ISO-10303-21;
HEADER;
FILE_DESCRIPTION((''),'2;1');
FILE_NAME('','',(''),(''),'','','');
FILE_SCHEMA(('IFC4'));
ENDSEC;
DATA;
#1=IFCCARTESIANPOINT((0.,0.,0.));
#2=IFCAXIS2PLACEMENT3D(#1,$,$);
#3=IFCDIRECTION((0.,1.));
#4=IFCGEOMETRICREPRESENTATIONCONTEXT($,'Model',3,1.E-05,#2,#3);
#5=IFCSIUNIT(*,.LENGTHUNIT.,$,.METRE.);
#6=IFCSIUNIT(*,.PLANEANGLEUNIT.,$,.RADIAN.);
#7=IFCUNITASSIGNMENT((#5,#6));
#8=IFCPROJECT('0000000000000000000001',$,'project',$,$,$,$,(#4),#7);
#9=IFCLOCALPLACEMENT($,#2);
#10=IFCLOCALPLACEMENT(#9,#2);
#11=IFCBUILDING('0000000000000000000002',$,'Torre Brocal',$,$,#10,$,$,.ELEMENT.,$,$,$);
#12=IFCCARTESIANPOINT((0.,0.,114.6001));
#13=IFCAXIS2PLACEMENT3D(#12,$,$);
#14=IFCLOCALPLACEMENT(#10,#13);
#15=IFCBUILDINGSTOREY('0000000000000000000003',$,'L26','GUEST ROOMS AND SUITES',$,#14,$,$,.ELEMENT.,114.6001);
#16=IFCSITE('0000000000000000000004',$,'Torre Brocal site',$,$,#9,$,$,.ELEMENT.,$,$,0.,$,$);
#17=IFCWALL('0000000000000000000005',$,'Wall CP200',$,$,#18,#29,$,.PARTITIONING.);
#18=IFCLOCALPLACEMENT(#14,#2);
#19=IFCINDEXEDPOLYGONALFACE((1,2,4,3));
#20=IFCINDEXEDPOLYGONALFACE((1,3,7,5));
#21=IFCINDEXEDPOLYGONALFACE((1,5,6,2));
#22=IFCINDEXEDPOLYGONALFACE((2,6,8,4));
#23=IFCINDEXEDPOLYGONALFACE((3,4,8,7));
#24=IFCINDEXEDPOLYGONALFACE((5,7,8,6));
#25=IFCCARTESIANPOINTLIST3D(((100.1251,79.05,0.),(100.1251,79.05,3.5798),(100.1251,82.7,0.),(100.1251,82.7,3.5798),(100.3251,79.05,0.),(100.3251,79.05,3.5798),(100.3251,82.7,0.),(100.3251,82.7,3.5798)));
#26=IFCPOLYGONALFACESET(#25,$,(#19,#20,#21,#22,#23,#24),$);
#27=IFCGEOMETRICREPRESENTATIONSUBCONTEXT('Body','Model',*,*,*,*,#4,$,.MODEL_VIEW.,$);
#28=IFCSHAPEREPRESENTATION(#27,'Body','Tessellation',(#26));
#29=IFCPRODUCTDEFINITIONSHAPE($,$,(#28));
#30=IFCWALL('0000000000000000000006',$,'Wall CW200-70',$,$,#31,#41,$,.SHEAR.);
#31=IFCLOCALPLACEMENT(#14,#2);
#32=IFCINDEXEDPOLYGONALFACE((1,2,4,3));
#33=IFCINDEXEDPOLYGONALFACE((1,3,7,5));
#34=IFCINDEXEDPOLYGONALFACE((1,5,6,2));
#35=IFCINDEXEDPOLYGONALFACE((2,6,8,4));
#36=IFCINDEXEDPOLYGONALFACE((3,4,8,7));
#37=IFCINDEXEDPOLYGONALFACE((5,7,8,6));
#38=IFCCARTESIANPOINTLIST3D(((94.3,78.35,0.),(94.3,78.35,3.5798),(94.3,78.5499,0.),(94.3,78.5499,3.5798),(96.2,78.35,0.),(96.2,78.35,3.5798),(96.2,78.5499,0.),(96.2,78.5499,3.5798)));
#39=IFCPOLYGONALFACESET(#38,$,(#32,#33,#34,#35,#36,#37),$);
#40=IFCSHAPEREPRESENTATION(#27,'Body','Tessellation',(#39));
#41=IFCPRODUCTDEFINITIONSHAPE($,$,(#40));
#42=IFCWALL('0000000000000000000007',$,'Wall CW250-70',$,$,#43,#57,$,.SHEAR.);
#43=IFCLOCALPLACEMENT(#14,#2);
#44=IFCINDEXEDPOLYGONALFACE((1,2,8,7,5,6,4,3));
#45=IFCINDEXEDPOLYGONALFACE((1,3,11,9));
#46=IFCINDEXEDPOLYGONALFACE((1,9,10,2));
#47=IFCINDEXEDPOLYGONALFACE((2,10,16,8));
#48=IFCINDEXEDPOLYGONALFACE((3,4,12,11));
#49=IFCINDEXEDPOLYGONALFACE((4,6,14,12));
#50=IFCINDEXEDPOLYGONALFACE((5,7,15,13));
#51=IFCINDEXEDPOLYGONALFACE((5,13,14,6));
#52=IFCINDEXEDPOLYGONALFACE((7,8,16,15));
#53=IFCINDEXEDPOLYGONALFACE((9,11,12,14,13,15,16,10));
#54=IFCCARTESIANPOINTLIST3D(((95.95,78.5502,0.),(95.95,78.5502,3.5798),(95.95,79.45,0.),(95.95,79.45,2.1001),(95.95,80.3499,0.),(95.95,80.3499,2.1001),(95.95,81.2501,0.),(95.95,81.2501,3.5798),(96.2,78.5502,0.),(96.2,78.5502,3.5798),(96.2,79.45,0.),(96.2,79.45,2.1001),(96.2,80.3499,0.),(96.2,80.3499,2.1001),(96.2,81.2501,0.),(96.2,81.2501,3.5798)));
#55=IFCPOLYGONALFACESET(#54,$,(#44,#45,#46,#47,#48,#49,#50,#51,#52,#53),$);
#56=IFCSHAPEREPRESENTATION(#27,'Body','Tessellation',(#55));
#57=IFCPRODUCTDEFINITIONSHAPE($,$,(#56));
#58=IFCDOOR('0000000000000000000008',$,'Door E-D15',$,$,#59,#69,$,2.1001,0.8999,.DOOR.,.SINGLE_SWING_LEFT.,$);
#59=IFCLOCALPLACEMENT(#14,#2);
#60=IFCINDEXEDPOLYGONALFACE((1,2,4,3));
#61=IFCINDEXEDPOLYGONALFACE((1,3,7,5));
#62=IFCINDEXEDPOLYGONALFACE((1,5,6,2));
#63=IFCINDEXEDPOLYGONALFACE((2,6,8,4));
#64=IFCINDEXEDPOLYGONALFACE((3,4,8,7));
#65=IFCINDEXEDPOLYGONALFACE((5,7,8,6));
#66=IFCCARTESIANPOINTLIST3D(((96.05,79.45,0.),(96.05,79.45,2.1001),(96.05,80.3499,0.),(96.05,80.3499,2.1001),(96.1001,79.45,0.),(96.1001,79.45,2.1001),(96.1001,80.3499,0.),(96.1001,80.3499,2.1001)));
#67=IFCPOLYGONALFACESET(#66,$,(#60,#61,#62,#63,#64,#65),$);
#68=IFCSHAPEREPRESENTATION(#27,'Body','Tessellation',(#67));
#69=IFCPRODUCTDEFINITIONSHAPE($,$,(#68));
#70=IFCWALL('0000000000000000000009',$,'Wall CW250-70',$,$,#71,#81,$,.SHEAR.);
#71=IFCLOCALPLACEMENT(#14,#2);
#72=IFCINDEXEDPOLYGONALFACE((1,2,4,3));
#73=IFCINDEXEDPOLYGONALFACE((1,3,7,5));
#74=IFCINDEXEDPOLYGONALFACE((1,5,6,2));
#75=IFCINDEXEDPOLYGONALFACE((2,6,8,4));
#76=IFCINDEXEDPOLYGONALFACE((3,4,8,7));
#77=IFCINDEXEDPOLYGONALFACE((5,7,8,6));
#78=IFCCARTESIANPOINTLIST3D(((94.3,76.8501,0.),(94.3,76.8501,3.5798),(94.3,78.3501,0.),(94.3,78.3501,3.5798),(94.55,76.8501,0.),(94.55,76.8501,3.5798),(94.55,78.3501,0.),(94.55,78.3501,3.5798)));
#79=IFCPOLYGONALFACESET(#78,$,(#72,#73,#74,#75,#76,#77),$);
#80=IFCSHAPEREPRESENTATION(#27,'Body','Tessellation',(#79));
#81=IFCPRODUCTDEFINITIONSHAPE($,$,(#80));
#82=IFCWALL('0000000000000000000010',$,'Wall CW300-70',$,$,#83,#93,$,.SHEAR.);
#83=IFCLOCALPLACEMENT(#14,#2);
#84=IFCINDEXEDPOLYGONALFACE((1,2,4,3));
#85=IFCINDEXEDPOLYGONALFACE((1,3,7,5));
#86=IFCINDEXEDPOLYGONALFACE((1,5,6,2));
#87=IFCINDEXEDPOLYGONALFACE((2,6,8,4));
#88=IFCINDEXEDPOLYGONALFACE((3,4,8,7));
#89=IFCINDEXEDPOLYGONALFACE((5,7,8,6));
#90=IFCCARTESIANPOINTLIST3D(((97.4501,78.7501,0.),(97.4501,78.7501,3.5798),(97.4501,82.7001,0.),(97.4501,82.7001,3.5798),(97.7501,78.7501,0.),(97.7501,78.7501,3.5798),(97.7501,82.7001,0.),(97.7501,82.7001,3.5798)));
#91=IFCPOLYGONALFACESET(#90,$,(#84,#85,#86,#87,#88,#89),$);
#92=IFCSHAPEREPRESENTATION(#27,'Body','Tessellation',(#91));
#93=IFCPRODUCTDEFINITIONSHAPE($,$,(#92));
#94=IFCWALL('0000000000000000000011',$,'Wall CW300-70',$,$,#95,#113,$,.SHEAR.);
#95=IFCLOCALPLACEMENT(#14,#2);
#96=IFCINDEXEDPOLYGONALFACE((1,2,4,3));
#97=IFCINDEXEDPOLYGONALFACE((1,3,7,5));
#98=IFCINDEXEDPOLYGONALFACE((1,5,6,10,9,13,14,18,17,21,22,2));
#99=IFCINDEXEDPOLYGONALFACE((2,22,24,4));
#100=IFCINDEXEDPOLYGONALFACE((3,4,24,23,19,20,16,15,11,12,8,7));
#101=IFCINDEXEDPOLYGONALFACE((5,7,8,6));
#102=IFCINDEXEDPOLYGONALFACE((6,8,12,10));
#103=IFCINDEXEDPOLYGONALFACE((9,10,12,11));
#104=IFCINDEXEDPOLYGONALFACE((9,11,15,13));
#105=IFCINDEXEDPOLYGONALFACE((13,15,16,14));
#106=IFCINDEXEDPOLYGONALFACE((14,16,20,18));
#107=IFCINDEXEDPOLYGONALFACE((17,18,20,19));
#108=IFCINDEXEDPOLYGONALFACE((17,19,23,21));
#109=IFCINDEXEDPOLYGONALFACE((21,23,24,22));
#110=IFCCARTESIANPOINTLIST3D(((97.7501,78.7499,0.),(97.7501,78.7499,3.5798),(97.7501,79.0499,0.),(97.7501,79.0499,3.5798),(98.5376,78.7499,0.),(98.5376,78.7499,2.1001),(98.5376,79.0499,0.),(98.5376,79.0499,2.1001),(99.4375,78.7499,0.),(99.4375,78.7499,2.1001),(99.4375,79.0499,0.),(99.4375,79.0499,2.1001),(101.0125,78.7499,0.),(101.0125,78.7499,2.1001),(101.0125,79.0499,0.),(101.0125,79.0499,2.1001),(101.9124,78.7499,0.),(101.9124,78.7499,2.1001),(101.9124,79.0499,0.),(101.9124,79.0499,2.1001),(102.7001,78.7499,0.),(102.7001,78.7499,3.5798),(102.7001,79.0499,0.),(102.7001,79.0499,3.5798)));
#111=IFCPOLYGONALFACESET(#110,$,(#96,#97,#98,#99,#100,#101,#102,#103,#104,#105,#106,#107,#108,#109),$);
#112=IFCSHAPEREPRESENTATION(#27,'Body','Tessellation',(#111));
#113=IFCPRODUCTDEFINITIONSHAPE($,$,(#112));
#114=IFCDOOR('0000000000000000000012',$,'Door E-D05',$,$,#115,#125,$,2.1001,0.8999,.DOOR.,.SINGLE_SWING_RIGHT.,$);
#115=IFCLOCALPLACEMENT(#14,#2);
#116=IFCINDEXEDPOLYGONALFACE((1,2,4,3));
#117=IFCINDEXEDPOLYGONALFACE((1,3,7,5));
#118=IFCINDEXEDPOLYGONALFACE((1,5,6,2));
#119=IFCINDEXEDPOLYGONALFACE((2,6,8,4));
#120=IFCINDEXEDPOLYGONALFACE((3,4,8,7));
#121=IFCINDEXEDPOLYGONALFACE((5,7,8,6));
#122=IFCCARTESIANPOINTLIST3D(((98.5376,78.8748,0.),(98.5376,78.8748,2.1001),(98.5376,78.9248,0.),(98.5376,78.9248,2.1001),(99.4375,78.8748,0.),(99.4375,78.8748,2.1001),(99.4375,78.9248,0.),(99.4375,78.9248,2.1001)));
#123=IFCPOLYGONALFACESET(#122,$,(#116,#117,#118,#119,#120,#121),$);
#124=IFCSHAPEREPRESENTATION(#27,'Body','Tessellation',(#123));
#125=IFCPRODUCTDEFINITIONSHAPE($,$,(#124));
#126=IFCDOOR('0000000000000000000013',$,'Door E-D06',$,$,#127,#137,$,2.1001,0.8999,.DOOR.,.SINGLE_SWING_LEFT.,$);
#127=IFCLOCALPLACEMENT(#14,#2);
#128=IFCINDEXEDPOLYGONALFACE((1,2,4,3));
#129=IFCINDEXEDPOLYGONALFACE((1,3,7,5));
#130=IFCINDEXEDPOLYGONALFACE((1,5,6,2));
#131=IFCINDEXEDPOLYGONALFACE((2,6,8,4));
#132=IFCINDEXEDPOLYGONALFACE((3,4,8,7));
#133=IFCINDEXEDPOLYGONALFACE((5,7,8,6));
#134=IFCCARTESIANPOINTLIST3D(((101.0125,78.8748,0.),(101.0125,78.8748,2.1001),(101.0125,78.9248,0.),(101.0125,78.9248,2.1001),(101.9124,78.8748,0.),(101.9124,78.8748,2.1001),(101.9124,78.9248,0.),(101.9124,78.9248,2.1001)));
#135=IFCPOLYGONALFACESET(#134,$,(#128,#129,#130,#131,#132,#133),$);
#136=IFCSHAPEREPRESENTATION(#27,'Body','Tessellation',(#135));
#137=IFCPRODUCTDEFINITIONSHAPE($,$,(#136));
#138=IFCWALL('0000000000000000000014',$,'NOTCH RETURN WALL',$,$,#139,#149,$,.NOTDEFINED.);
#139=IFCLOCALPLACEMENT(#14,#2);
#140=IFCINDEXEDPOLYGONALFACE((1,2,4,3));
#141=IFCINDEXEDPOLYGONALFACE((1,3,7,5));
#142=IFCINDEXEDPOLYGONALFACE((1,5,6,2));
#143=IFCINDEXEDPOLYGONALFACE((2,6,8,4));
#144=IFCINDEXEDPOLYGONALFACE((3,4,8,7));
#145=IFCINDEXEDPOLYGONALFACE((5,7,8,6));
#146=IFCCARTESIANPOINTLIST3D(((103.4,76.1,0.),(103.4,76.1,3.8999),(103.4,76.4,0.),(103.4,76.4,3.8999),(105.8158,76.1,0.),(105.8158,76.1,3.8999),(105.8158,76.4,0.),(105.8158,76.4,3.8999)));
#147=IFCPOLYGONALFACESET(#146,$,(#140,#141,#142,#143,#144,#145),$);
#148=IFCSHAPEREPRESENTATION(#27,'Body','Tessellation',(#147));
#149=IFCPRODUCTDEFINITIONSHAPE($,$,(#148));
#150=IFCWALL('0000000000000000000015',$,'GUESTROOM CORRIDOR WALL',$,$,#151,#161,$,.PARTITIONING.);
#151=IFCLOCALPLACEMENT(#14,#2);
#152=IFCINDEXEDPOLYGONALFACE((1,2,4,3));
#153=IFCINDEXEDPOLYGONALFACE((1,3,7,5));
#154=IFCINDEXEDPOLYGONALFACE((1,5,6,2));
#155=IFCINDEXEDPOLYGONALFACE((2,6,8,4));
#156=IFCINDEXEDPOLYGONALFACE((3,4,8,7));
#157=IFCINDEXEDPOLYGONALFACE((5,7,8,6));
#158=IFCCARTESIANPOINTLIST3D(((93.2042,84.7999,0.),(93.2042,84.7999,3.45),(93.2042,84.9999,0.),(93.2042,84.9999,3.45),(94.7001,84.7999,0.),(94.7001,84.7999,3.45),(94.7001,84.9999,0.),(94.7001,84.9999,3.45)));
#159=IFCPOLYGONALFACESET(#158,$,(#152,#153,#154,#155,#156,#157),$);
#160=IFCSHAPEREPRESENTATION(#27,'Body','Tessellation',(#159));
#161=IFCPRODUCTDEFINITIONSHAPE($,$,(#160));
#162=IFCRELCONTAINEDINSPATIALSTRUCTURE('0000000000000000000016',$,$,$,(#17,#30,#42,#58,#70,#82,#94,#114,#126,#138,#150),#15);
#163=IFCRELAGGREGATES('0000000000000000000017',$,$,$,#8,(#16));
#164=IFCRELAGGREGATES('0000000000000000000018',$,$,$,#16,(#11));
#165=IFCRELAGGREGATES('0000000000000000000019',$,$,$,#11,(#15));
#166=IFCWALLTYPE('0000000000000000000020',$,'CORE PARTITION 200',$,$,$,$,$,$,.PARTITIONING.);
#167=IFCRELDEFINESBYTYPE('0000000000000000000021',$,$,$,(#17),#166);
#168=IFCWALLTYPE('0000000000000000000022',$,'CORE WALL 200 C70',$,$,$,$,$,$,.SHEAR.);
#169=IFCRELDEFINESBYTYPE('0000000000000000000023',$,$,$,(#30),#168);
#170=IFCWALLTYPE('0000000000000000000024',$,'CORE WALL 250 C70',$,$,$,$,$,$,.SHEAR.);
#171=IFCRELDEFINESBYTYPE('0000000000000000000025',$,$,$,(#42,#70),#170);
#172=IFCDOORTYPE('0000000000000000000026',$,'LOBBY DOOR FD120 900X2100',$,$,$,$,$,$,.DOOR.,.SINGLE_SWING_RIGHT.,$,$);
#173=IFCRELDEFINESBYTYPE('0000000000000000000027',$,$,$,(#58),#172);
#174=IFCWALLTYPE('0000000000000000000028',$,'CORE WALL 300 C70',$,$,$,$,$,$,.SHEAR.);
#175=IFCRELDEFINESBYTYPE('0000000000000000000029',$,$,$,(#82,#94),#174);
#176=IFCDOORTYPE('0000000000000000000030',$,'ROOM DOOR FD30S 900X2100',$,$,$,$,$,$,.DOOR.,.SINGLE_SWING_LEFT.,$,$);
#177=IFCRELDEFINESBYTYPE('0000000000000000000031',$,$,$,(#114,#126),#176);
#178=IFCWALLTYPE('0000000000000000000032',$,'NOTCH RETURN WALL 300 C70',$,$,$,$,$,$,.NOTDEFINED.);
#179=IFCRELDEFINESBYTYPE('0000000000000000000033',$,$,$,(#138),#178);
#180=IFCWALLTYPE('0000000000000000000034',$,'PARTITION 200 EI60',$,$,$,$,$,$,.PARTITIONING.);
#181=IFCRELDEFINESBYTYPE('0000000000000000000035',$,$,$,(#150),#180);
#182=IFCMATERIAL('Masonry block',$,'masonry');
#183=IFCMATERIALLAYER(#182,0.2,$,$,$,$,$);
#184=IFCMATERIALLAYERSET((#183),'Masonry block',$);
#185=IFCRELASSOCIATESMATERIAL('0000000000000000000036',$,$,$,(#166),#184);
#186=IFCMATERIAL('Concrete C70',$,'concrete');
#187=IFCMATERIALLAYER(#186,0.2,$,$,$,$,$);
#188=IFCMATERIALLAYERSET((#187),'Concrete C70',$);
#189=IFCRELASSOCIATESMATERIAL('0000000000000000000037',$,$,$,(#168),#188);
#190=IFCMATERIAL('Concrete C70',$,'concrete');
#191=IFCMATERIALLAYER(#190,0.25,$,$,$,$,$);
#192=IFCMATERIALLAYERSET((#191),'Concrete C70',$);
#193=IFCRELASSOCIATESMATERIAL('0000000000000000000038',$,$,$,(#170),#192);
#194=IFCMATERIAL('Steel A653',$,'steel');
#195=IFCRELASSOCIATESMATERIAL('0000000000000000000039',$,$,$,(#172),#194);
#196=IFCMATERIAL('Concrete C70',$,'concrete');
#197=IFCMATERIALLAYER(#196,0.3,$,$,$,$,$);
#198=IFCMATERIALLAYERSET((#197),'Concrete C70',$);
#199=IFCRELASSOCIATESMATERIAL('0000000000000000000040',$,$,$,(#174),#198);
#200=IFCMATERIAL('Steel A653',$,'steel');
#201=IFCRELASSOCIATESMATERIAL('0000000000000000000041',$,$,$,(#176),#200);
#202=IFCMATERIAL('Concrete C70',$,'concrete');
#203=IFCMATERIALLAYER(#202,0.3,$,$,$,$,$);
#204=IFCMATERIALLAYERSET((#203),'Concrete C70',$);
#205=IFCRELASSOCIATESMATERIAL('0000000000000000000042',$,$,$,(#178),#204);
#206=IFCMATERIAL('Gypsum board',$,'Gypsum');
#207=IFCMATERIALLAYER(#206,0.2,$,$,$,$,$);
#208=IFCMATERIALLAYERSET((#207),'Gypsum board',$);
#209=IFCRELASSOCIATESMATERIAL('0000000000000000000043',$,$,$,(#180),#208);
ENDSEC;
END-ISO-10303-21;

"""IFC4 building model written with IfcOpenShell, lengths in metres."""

from ifc_helpers import new_model, si_unit, direction, frame, frame_2d, origin, place, context, subcontext, project, spatial, rectangle, extrude, material, layer, layer_set, type_object, element, fill, save


model = new_model("IFC4")

# Units and contexts
model_context = context("Model", 3, precision=1e-05, world=origin(), true_north=direction((0.0, 1.0)))
body_context = subcontext(model_context, "Body", "Model", "MODEL_VIEW")
ifc_project = project(units=[si_unit("LENGTHUNIT", "METRE"), si_unit("PLANEANGLEUNIT", "RADIAN")], contexts=[model_context])

# Site, building, storey
site_placement = place(None, origin())
site = spatial("IfcSite", under=ifc_project, at=site_placement, Name="Torre Brocal site", CompositionType="ELEMENT", RefElevation=0.0)
building_placement = place(site_placement, origin())
building = spatial("IfcBuilding", under=site, at=building_placement, Name="Torre Brocal", CompositionType="ELEMENT")
storey_placement = place(building_placement, frame((0.0, 0.0, 114.6001)))
storey = spatial("IfcBuildingStorey", under=building, at=storey_placement, Name="L26", Description="GUEST ROOMS AND SUITES", CompositionType="ELEMENT", Elevation=114.6001)

# Walls
ifc_material_1 = material(Name="Masonry block", Category="masonry")
ifc_layer_1 = layer(ifc_material_1, 0.2)
ifc_layer_set_1 = layer_set([ifc_layer_1], Name="Masonry block")
wall_type_1 = type_object("IfcWallType", Name="CORE PARTITION 200", PredefinedType="PARTITIONING", material=ifc_layer_set_1)
wall_1_placement = place(storey_placement, frame((100.2251, 79.05, 0.0), z_axis=(0.0, 0.0, 1.0), x_axis=(0.0, 1.0, 0.0)))
element("IfcWall", 1, at=wall_1_placement, inside=storey, type_object=wall_type_1, Name="Wall CP200", PredefinedType="PARTITIONING", context=body_context, shape_type="SweptSolid", body=[
    extrude(rectangle(XDim=3.6499, YDim=0.2, at=frame_2d((1.825, 0.0))), origin(), (0.0, 0.0, 1.0), 3.5798),
])
ifc_material_2 = material(Name="Concrete C70", Category="concrete")
ifc_layer_2 = layer(ifc_material_2, 0.2)
ifc_layer_set_2 = layer_set([ifc_layer_2], Name="Concrete C70")
wall_type_2 = type_object("IfcWallType", Name="CORE WALL 200 C70", PredefinedType="SHEAR", material=ifc_layer_set_2)
wall_2_placement = place(storey_placement, frame((94.3, 78.45, 0.0), z_axis=(0.0, 0.0, 1.0), x_axis=(1.0, 0.0, 0.0)))
element("IfcWall", 2, at=wall_2_placement, inside=storey, type_object=wall_type_2, Name="Wall CW200-70", PredefinedType="SHEAR", context=body_context, shape_type="SweptSolid", body=[
    extrude(rectangle(XDim=1.8999, YDim=0.2, at=frame_2d((0.95, 0.0))), origin(), (0.0, 0.0, 1.0), 3.5798),
])

# Wall, opening, door
ifc_material_3 = material(Name="Concrete C70", Category="concrete")
ifc_layer_3 = layer(ifc_material_3, 0.25)
ifc_layer_set_3 = layer_set([ifc_layer_3], Name="Concrete C70")
wall_type_3 = type_object("IfcWallType", Name="CORE WALL 250 C70", PredefinedType="SHEAR", material=ifc_layer_set_3)
wall_3_placement = place(storey_placement, frame((96.075, 78.55, 0.0), z_axis=(0.0, 0.0, 1.0), x_axis=(0.0, 1.0, 0.0)))
wall_3 = element("IfcWall", 3, at=wall_3_placement, inside=storey, type_object=wall_type_3, Name="Wall CW250-70", PredefinedType="SHEAR", context=body_context, shape_type="SweptSolid", body=[
    extrude(rectangle(XDim=2.7, YDim=0.25, at=frame_2d((1.3501, 0.0))), origin(), (0.0, 0.0, 1.0), 3.5798),
])
opening_1_placement = place(wall_3_placement, frame((0.8999, 0.0, 0.0)))
opening_1 = element("IfcOpeningElement", 4, at=opening_1_placement, cuts=wall_3, PredefinedType="OPENING", context=body_context, shape_type="SweptSolid", body=[
    extrude(rectangle(XDim=0.8999, YDim=2.1001, at=frame_2d((0.45, 1.05))), frame((0.0, 0.135, 0.0), z_axis=(0.0, -1.0, 0.0), x_axis=(1.0, 0.0, 0.0)), (0.0, 0.0, 1.0), 0.27),
])
ifc_material_4 = material(Name="Steel A653", Category="steel")
door_type_1 = type_object("IfcDoorType", Name="LOBBY DOOR FD120 900X2100", OperationType="SINGLE_SWING_RIGHT", PredefinedType="DOOR", material=ifc_material_4)
door_1_placement = place(opening_1_placement, origin())
door_1 = element("IfcDoor", 5, at=door_1_placement, inside=storey, type_object=door_type_1, Name="Door E-D15", OperationType="SINGLE_SWING_LEFT", OverallHeight=2.1001, OverallWidth=0.8999, PredefinedType="DOOR", context=body_context, shape_type="SweptSolid", body=[
    extrude(rectangle(XDim=0.8999, YDim=2.1001, at=frame_2d((0.45, 1.05))), frame((0.0, 0.0249, 0.0), z_axis=(0.0, -1.0, 0.0), x_axis=(1.0, 0.0, 0.0)), (0.0, 0.0, 1.0), 0.05),
])
fill(opening_1, door_1)

# Walls
wall_4_placement = place(storey_placement, frame((94.425, 76.8501, 0.0), z_axis=(0.0, 0.0, 1.0), x_axis=(0.0, 1.0, 0.0)))
element("IfcWall", 6, at=wall_4_placement, inside=storey, type_object=wall_type_3, Name="Wall CW250-70", PredefinedType="SHEAR", context=body_context, shape_type="SweptSolid", body=[
    extrude(rectangle(XDim=1.5, YDim=0.25, at=frame_2d((0.75, 0.0))), origin(), (0.0, 0.0, 1.0), 3.5798),
])
ifc_material_5 = material(Name="Concrete C70", Category="concrete")
ifc_layer_4 = layer(ifc_material_5, 0.3)
ifc_layer_set_4 = layer_set([ifc_layer_4], Name="Concrete C70")
wall_type_4 = type_object("IfcWallType", Name="CORE WALL 300 C70", PredefinedType="SHEAR", material=ifc_layer_set_4)
wall_5_placement = place(storey_placement, frame((97.6001, 78.75, 0.0), z_axis=(0.0, 0.0, 1.0), x_axis=(0.0, 1.0, 0.0)))
element("IfcWall", 7, at=wall_5_placement, inside=storey, type_object=wall_type_4, Name="Wall CW300-70", PredefinedType="SHEAR", context=body_context, shape_type="SweptSolid", body=[
    extrude(rectangle(XDim=3.95, YDim=0.3, at=frame_2d((1.9751, 0.0))), origin(), (0.0, 0.0, 1.0), 3.5798),
])

# Wall, openings, doors
wall_6_placement = place(storey_placement, frame((97.75, 78.8999, 0.0), z_axis=(0.0, 0.0, 1.0), x_axis=(1.0, 0.0, 0.0)))
wall_6 = element("IfcWall", 8, at=wall_6_placement, inside=storey, type_object=wall_type_4, Name="Wall CW300-70", PredefinedType="SHEAR", context=body_context, shape_type="SweptSolid", body=[
    extrude(rectangle(XDim=4.95, YDim=0.3, at=frame_2d((2.4751, 0.0))), origin(), (0.0, 0.0, 1.0), 3.5798),
])
opening_2_placement = place(wall_6_placement, frame((0.7876, 0.0, 0.0)))
opening_2 = element("IfcOpeningElement", 9, at=opening_2_placement, cuts=wall_6, PredefinedType="OPENING", context=body_context, shape_type="SweptSolid", body=[
    extrude(rectangle(XDim=0.8999, YDim=2.1001, at=frame_2d((0.45, 1.05))), frame((0.0, 0.1599, 0.0), z_axis=(0.0, -1.0, 0.0), x_axis=(1.0, 0.0, 0.0)), (0.0, 0.0, 1.0), 0.3201),
])
opening_3_placement = place(wall_6_placement, frame((3.2625, 0.0, 0.0)))
opening_3 = element("IfcOpeningElement", 10, at=opening_3_placement, cuts=wall_6, PredefinedType="OPENING", context=body_context, shape_type="SweptSolid", body=[
    extrude(rectangle(XDim=0.8999, YDim=2.1001, at=frame_2d((0.45, 1.05))), frame((0.0, 0.1599, 0.0), z_axis=(0.0, -1.0, 0.0), x_axis=(1.0, 0.0, 0.0)), (0.0, 0.0, 1.0), 0.3201),
])
ifc_material_6 = material(Name="Steel A653", Category="steel")
door_type_2 = type_object("IfcDoorType", Name="ROOM DOOR FD30S 900X2100", OperationType="SINGLE_SWING_LEFT", PredefinedType="DOOR", material=ifc_material_6)
door_2_placement = place(opening_2_placement, origin())
door_2 = element("IfcDoor", 11, at=door_2_placement, inside=storey, type_object=door_type_2, Name="Door E-D05", OperationType="SINGLE_SWING_RIGHT", OverallHeight=2.1001, OverallWidth=0.8999, PredefinedType="DOOR", context=body_context, shape_type="SweptSolid", body=[
    extrude(rectangle(XDim=0.8999, YDim=2.1001, at=frame_2d((0.45, 1.05))), frame((0.0, 0.0249, 0.0), z_axis=(0.0, -1.0, 0.0), x_axis=(1.0, 0.0, 0.0)), (0.0, 0.0, 1.0), 0.05),
])
fill(opening_2, door_2)
door_3_placement = place(opening_3_placement, origin())
door_3 = element("IfcDoor", 12, at=door_3_placement, inside=storey, type_object=door_type_2, Name="Door E-D06", OperationType="SINGLE_SWING_LEFT", OverallHeight=2.1001, OverallWidth=0.8999, PredefinedType="DOOR", context=body_context, shape_type="SweptSolid", body=[
    extrude(rectangle(XDim=0.8999, YDim=2.1001, at=frame_2d((0.45, 1.05))), frame((0.0, 0.0249, 0.0), z_axis=(0.0, -1.0, 0.0), x_axis=(1.0, 0.0, 0.0)), (0.0, 0.0, 1.0), 0.05),
])
fill(opening_3, door_3)

# Walls
ifc_material_7 = material(Name="Concrete C70", Category="concrete")
ifc_layer_5 = layer(ifc_material_7, 0.3)
ifc_layer_set_5 = layer_set([ifc_layer_5], Name="Concrete C70")
wall_type_5 = type_object("IfcWallType", Name="NOTCH RETURN WALL 300 C70", PredefinedType="NOTDEFINED", material=ifc_layer_set_5)
wall_7_placement = place(storey_placement, frame((103.3999, 76.25, 0.0), z_axis=(0.0, 0.0, 1.0), x_axis=(1.0, 0.0, 0.0)))
element("IfcWall", 13, at=wall_7_placement, inside=storey, type_object=wall_type_5, Name="NOTCH RETURN WALL", PredefinedType="NOTDEFINED", context=body_context, shape_type="SweptSolid", body=[
    extrude(rectangle(XDim=2.4158, YDim=0.3, at=frame_2d((1.208, 0.0))), origin(), (0.0, 0.0, 1.0), 3.8999),
])
ifc_material_8 = material(Name="Gypsum board", Category="Gypsum")
ifc_layer_6 = layer(ifc_material_8, 0.2)
ifc_layer_set_6 = layer_set([ifc_layer_6], Name="Gypsum board")
wall_type_6 = type_object("IfcWallType", Name="PARTITION 200 EI60", PredefinedType="PARTITIONING", material=ifc_layer_set_6)
wall_8_placement = place(storey_placement, frame((93.2041, 84.8999, 0.0), z_axis=(0.0, 0.0, 1.0), x_axis=(1.0, 0.0, 0.0)))
element("IfcWall", 14, at=wall_8_placement, inside=storey, type_object=wall_type_6, Name="GUESTROOM CORRIDOR WALL", PredefinedType="PARTITIONING", context=body_context, shape_type="SweptSolid", body=[
    extrude(rectangle(XDim=1.4958, YDim=0.2, at=frame_2d((0.748, 0.0))), origin(), (0.0, 0.0, 1.0), 3.45),
])

save(model, "model.ifc")
